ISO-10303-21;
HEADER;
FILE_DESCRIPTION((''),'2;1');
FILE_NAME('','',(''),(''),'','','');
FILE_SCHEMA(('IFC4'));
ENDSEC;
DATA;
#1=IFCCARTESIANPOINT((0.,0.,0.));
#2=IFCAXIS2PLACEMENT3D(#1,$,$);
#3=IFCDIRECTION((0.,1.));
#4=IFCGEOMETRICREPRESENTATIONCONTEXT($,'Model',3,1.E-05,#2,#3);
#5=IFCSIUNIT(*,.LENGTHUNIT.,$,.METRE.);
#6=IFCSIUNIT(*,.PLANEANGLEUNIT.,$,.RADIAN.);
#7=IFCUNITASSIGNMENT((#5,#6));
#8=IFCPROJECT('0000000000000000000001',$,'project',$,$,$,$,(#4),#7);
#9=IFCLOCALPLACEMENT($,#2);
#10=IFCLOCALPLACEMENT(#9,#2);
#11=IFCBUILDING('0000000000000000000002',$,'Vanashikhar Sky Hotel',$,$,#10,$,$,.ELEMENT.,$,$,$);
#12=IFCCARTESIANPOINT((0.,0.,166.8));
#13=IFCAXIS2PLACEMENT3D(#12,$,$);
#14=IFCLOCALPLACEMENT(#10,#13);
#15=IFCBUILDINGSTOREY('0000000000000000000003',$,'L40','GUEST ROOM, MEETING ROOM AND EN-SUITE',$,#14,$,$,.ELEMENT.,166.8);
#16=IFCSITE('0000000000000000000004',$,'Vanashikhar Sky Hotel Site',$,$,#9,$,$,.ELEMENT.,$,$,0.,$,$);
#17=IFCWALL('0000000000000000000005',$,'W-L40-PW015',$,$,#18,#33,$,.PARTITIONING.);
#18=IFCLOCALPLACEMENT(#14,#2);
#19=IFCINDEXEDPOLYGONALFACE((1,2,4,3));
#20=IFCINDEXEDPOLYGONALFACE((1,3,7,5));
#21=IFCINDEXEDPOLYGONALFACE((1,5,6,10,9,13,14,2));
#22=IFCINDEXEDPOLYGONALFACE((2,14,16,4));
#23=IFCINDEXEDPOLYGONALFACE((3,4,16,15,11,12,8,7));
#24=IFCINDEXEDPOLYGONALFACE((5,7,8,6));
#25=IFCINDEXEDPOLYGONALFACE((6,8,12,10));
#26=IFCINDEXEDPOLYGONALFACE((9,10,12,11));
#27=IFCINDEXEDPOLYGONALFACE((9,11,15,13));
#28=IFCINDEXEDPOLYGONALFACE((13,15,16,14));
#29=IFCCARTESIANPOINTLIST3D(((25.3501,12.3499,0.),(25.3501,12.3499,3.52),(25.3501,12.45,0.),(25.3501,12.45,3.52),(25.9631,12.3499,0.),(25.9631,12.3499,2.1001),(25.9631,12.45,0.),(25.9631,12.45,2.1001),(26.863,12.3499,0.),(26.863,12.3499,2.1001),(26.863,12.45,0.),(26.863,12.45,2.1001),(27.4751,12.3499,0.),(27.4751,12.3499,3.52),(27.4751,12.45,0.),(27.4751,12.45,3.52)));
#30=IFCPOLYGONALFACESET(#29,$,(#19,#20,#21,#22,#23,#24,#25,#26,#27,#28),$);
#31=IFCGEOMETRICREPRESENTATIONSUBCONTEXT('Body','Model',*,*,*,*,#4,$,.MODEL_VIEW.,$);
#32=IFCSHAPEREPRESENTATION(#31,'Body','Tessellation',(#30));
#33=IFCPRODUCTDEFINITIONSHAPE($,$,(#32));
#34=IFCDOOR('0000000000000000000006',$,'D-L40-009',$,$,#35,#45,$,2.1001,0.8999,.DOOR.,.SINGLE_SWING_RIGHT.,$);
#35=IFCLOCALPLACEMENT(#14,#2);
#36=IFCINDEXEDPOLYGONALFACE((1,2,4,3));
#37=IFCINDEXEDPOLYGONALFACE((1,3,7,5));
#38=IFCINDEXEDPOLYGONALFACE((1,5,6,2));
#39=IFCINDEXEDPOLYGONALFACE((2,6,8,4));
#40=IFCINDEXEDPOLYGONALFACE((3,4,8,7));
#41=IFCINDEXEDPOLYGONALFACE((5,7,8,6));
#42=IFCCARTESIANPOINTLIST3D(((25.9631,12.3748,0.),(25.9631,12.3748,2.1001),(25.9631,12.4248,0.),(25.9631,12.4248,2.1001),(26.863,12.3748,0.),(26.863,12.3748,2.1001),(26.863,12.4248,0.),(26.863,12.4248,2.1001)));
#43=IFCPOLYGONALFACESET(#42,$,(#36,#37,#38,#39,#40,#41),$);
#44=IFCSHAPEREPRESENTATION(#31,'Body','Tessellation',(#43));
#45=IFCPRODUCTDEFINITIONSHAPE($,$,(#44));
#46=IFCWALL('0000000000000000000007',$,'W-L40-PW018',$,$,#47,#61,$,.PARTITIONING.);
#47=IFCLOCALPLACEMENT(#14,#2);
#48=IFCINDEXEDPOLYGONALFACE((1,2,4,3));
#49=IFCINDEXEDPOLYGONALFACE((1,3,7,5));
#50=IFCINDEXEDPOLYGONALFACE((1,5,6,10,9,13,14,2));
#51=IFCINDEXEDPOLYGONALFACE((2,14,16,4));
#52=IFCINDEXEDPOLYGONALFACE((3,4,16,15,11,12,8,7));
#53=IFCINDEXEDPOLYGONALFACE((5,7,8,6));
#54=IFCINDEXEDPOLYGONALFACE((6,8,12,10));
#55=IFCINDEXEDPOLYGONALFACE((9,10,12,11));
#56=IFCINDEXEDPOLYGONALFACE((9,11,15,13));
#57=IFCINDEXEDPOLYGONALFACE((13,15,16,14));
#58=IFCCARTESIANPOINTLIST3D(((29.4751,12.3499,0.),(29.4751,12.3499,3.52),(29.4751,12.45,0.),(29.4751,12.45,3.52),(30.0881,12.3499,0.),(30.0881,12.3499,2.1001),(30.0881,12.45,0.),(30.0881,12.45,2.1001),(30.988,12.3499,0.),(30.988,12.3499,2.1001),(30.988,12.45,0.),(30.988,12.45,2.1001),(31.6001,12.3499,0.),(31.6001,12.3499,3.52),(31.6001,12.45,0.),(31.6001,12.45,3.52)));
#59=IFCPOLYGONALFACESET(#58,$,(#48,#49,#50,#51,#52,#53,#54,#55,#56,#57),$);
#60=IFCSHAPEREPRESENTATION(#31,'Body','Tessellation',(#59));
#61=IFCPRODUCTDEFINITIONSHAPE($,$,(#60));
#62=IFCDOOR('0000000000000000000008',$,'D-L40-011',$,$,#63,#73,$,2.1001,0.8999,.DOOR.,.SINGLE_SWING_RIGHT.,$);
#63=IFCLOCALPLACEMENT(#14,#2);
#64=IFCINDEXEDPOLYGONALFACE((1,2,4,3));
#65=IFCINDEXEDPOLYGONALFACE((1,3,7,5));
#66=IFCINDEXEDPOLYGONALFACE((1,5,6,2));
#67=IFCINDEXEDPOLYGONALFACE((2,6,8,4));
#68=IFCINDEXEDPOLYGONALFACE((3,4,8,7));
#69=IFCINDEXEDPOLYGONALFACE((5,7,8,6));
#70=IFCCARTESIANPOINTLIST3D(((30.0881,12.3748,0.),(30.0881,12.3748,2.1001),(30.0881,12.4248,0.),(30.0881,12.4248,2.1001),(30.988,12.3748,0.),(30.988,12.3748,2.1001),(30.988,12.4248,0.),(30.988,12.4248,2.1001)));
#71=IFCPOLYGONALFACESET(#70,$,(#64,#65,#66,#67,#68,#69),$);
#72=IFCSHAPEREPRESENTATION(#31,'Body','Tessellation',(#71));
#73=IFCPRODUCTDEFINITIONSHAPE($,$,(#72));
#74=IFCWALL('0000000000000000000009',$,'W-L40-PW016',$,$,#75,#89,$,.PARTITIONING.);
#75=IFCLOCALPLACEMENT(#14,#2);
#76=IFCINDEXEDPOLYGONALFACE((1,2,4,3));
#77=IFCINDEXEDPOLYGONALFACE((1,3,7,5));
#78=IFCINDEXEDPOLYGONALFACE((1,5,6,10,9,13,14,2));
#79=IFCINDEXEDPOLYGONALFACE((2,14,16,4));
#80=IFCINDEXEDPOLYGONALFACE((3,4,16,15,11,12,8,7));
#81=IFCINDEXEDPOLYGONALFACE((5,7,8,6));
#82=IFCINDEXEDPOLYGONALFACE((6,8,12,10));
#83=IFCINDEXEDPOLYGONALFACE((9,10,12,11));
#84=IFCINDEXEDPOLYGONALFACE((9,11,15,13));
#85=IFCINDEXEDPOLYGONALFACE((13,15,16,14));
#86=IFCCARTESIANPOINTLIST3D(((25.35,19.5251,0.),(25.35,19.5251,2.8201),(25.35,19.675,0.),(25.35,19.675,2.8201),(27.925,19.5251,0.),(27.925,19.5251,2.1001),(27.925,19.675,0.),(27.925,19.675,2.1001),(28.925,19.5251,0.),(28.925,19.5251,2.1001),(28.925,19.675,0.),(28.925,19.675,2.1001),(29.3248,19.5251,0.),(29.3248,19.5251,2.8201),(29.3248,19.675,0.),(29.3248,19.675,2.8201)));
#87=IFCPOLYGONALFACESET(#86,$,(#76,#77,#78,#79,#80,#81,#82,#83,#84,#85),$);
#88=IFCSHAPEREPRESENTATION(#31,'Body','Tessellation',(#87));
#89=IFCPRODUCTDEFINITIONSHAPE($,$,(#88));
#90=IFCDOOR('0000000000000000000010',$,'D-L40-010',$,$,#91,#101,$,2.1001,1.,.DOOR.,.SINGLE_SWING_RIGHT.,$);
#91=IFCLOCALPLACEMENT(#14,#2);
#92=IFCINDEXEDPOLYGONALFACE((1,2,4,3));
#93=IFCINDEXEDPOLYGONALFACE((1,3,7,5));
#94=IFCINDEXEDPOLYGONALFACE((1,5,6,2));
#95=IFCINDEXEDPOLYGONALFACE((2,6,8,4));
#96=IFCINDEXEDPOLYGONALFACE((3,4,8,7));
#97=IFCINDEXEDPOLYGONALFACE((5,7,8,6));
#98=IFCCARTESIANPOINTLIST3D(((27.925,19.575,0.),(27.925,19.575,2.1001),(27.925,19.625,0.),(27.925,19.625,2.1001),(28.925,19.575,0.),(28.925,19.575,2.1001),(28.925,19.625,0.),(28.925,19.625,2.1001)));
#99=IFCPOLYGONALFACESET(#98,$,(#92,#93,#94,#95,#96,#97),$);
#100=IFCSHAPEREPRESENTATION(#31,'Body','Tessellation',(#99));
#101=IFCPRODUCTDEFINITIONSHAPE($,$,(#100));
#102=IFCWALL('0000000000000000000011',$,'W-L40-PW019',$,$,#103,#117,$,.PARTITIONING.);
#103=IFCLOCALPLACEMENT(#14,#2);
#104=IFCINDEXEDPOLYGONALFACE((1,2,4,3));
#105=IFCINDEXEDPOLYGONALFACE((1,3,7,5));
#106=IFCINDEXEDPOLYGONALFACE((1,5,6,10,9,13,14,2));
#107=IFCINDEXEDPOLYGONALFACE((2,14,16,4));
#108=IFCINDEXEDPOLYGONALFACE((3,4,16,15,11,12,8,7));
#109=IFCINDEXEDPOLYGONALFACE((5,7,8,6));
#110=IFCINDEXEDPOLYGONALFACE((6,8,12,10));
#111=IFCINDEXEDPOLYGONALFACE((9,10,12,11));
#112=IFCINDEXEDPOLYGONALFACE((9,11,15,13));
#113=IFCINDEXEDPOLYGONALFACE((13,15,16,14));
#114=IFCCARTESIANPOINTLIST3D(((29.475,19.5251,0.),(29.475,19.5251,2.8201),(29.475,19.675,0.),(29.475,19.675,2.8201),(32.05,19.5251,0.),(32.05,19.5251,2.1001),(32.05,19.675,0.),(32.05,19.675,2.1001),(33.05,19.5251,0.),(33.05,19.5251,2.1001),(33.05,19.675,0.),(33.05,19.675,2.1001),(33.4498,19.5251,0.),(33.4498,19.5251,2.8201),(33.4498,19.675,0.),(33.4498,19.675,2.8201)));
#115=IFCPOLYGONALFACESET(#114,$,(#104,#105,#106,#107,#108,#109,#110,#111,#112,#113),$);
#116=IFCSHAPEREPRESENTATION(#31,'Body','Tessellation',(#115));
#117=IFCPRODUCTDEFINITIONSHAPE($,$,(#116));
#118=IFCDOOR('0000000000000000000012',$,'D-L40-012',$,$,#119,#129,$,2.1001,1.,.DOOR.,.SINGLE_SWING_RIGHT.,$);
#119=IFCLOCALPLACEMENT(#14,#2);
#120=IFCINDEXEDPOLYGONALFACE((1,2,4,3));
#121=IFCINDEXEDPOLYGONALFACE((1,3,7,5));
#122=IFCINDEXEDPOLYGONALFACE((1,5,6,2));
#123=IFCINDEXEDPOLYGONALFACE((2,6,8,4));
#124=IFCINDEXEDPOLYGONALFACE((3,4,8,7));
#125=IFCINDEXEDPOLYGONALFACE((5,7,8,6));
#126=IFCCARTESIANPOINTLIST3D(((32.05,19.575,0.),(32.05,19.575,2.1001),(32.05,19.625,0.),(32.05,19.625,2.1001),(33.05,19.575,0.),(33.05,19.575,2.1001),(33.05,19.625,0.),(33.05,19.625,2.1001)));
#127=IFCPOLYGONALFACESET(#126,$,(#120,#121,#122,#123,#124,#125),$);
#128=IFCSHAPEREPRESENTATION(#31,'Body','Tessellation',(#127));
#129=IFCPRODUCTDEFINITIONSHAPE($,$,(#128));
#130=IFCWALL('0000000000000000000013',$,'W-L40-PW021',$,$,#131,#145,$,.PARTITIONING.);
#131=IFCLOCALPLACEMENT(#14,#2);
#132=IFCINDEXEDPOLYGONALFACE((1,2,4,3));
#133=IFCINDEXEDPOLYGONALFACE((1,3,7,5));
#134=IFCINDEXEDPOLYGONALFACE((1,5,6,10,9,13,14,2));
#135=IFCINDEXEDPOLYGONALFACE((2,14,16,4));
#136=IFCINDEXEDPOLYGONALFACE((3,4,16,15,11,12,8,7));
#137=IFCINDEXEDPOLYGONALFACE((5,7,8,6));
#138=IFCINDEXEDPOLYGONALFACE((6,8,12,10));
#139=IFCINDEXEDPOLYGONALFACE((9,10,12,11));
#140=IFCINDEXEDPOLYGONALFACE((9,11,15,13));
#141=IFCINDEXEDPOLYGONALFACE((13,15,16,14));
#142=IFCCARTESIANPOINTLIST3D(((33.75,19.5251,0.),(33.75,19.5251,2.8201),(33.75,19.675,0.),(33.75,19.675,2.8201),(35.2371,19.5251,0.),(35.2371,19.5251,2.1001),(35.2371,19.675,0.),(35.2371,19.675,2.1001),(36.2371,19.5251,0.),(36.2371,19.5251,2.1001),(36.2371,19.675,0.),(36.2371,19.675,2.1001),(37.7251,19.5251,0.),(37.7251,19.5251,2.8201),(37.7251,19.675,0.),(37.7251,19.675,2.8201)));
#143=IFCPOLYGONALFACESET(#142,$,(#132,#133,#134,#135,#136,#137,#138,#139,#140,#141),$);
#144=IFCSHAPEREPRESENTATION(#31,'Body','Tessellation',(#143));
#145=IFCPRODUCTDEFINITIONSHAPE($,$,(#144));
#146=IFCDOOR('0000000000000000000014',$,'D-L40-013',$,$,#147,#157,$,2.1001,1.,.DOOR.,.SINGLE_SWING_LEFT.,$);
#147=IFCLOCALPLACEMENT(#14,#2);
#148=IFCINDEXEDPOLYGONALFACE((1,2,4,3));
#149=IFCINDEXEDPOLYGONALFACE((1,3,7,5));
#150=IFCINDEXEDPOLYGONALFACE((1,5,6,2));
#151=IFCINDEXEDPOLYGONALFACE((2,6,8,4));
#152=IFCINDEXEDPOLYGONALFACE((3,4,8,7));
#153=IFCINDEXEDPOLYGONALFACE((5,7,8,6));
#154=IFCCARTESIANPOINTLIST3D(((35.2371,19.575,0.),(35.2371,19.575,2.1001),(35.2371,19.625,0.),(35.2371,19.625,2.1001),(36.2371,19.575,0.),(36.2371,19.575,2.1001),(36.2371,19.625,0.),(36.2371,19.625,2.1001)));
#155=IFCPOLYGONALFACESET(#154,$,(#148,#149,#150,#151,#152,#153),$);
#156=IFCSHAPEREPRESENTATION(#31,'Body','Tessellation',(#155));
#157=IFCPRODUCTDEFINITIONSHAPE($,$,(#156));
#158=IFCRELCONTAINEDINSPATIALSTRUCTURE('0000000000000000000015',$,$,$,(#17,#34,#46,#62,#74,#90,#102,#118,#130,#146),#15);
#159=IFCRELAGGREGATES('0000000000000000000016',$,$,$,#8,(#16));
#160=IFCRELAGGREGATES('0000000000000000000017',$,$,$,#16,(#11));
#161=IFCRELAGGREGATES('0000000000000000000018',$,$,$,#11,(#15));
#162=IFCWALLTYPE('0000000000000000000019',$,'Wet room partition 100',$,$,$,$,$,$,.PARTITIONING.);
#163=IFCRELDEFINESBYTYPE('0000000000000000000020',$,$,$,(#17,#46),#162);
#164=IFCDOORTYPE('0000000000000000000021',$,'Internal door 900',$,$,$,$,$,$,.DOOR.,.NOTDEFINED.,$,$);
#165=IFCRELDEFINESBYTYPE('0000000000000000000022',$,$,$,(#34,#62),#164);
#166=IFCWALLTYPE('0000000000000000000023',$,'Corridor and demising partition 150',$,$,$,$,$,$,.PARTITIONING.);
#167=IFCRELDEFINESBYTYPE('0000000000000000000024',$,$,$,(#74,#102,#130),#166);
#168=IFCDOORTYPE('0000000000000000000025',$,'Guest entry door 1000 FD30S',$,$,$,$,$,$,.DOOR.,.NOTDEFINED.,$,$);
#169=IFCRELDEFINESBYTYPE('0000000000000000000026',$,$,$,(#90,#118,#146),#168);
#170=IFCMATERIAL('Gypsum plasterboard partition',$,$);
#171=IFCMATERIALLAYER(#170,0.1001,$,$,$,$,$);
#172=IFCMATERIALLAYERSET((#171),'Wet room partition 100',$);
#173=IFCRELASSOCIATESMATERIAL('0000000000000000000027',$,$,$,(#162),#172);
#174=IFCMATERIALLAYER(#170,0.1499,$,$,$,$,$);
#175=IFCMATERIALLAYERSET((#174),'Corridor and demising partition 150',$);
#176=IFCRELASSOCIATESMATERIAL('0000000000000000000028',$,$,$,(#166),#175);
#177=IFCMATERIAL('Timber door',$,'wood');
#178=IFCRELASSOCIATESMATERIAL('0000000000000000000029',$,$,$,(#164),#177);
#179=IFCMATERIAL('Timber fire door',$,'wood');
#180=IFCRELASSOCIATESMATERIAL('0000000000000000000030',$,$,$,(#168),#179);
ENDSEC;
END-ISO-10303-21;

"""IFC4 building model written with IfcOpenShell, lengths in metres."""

from ifc_helpers import new_model, si_unit, direction, frame, frame_2d, origin, place, context, subcontext, project, spatial, rectangle, extrude, source, transform, mapped, material, layer, layer_set, type_object, element, fill, save


model = new_model("IFC4")

# Units and contexts
model_context = context("Model", 3, precision=1e-05, world=origin(), true_north=direction((0.0, 1.0)))
body_context = subcontext(model_context, "Body", "Model", "MODEL_VIEW")
ifc_project = project(units=[si_unit("LENGTHUNIT", "METRE"), si_unit("PLANEANGLEUNIT", "RADIAN")], contexts=[model_context])

# Site, building, storey
site_placement = place(None, origin())
site = spatial("IfcSite", under=ifc_project, at=site_placement, Name="Vanashikhar Sky Hotel Site", CompositionType="ELEMENT", RefElevation=0.0)
building_placement = place(site_placement, origin())
building = spatial("IfcBuilding", under=site, at=building_placement, Name="Vanashikhar Sky Hotel", CompositionType="ELEMENT")
storey_placement = place(building_placement, frame((0.0, 0.0, 166.8)))
storey = spatial("IfcBuildingStorey", under=building, at=storey_placement, Name="L40", Description="GUEST ROOM, MEETING ROOM AND EN-SUITE", CompositionType="ELEMENT", Elevation=166.8)

# Shared definitions
ifc_material_1 = material(Name="Gypsum plasterboard partition")
ifc_layer_1 = layer(ifc_material_1, 0.1001)
ifc_layer_set_1 = layer_set([ifc_layer_1], Name="Wet room partition 100")
wall_type_1 = type_object("IfcWallType", Name="Wet room partition 100", PredefinedType="PARTITIONING", material=ifc_layer_set_1)
ifc_layer_2 = layer(ifc_material_1, 0.1499)
ifc_layer_set_2 = layer_set([ifc_layer_2], Name="Corridor and demising partition 150")
wall_type_2 = type_object("IfcWallType", Name="Corridor and demising partition 150", PredefinedType="PARTITIONING", material=ifc_layer_set_2)

# Walls, openings, doors
shared_shape_1 = source(origin(), body_context, "Body", "SweptSolid", [
    extrude(rectangle(XDim=2.125, YDim=0.1001, at=frame_2d((1.0625, 0.0))), origin(), (0.0, 0.0, 1.0), 3.52),
])
wall_1_placement = place(storey_placement, frame((25.3501, 12.3999, 0.0), z_axis=(0.0, 0.0, 1.0), x_axis=(1.0, 0.0, 0.0)))
wall_1 = element("IfcWall", 1, at=wall_1_placement, inside=storey, type_object=wall_type_1, Name="W-L40-PW015", PredefinedType="PARTITIONING", context=body_context, shape_type="MappedRepresentation", body=[
    mapped(shared_shape_1, transform((0.0, 0.0, 0.0), scale=1.0)),
])
shared_shape_2 = source(origin(), body_context, "Body", "SweptSolid", [
    extrude(rectangle(XDim=0.8999, YDim=2.1001, at=frame_2d((0.45, 1.05))), frame((0.0, 0.0601, 0.0), z_axis=(0.0, -1.0, 0.0), x_axis=(1.0, 0.0, 0.0)), (0.0, 0.0, 1.0), 0.1201),
])
opening_1_placement = place(wall_1_placement, frame((0.613, 0.0, 0.0)))
opening_1 = element("IfcOpeningElement", 2, at=opening_1_placement, cuts=wall_1, PredefinedType="OPENING", context=body_context, shape_type="MappedRepresentation", body=[
    mapped(shared_shape_2, transform((0.0, 0.0, 0.0), scale=1.0)),
])
ifc_material_2 = material(Name="Timber door", Category="wood")
door_type_1 = type_object("IfcDoorType", Name="Internal door 900", OperationType="NOTDEFINED", PredefinedType="DOOR", material=ifc_material_2)
shared_shape_3 = source(origin(), body_context, "Body", "SweptSolid", [
    extrude(rectangle(XDim=0.8999, YDim=2.1001, at=frame_2d((0.45, 1.05))), frame((0.0, 0.0249, 0.0), z_axis=(0.0, -1.0, 0.0), x_axis=(1.0, 0.0, 0.0)), (0.0, 0.0, 1.0), 0.05),
])
door_1_placement = place(opening_1_placement, origin())
door_1 = element("IfcDoor", 3, at=door_1_placement, inside=storey, type_object=door_type_1, Name="D-L40-009", OperationType="SINGLE_SWING_RIGHT", OverallHeight=2.1001, OverallWidth=0.8999, PredefinedType="DOOR", context=body_context, shape_type="MappedRepresentation", body=[
    mapped(shared_shape_3, transform((0.0, 0.0, 0.0), scale=1.0)),
])
fill(opening_1, door_1)
wall_2_placement = place(storey_placement, frame((29.4751, 12.3999, 0.0), z_axis=(0.0, 0.0, 1.0), x_axis=(1.0, 0.0, 0.0)))
wall_2 = element("IfcWall", 4, at=wall_2_placement, inside=storey, type_object=wall_type_1, Name="W-L40-PW018", PredefinedType="PARTITIONING", context=body_context, shape_type="MappedRepresentation", body=[
    mapped(shared_shape_1, transform((0.0, 0.0, 0.0), scale=1.0)),
])
opening_2_placement = place(wall_2_placement, frame((0.613, 0.0, 0.0)))
opening_2 = element("IfcOpeningElement", 5, at=opening_2_placement, cuts=wall_2, PredefinedType="OPENING", context=body_context, shape_type="MappedRepresentation", body=[
    mapped(shared_shape_2, transform((0.0, 0.0, 0.0), scale=1.0)),
])
door_2_placement = place(opening_2_placement, origin())
door_2 = element("IfcDoor", 6, at=door_2_placement, inside=storey, type_object=door_type_1, Name="D-L40-011", OperationType="SINGLE_SWING_RIGHT", OverallHeight=2.1001, OverallWidth=0.8999, PredefinedType="DOOR", context=body_context, shape_type="MappedRepresentation", body=[
    mapped(shared_shape_3, transform((0.0, 0.0, 0.0), scale=1.0)),
])
fill(opening_2, door_2)
shared_shape_4 = source(origin(), body_context, "Body", "SweptSolid", [
    extrude(rectangle(XDim=3.9749, YDim=0.1499, at=frame_2d((1.9873, 0.0))), origin(), (0.0, 0.0, 1.0), 2.8201),
])
wall_3_placement = place(storey_placement, frame((25.3501, 19.6001, 0.0), z_axis=(0.0, 0.0, 1.0), x_axis=(1.0, 0.0, 0.0)))
wall_3 = element("IfcWall", 7, at=wall_3_placement, inside=storey, type_object=wall_type_2, Name="W-L40-PW016", PredefinedType="PARTITIONING", context=body_context, shape_type="MappedRepresentation", body=[
    mapped(shared_shape_4, transform((0.0, 0.0, 0.0), scale=1.0)),
])
shared_shape_5 = source(origin(), body_context, "Body", "SweptSolid", [
    extrude(rectangle(XDim=1.0, YDim=2.1001, at=frame_2d((0.5, 1.05))), frame((0.0, 0.085, 0.0), z_axis=(0.0, -1.0, 0.0), x_axis=(1.0, 0.0, 0.0)), (0.0, 0.0, 1.0), 0.1699),
])
opening_3_placement = place(wall_3_placement, frame((2.575, 0.0, 0.0)))
opening_3 = element("IfcOpeningElement", 8, at=opening_3_placement, cuts=wall_3, PredefinedType="OPENING", context=body_context, shape_type="MappedRepresentation", body=[
    mapped(shared_shape_5, transform((0.0, 0.0, 0.0), scale=1.0)),
])
ifc_material_3 = material(Name="Timber fire door", Category="wood")
door_type_2 = type_object("IfcDoorType", Name="Guest entry door 1000 FD30S", OperationType="NOTDEFINED", PredefinedType="DOOR", material=ifc_material_3)
shared_shape_6 = source(origin(), body_context, "Body", "SweptSolid", [
    extrude(rectangle(XDim=1.0, YDim=2.1001, at=frame_2d((0.5, 1.05))), frame((0.0, 0.0249, 0.0), z_axis=(0.0, -1.0, 0.0), x_axis=(1.0, 0.0, 0.0)), (0.0, 0.0, 1.0), 0.05),
])
door_3_placement = place(opening_3_placement, origin())
door_3 = element("IfcDoor", 9, at=door_3_placement, inside=storey, type_object=door_type_2, Name="D-L40-010", OperationType="SINGLE_SWING_RIGHT", OverallHeight=2.1001, OverallWidth=1.0, PredefinedType="DOOR", context=body_context, shape_type="MappedRepresentation", body=[
    mapped(shared_shape_6, transform((0.0, 0.0, 0.0), scale=1.0)),
])
fill(opening_3, door_3)
wall_4_placement = place(storey_placement, frame((29.4751, 19.6001, 0.0), z_axis=(0.0, 0.0, 1.0), x_axis=(1.0, 0.0, 0.0)))
wall_4 = element("IfcWall", 10, at=wall_4_placement, inside=storey, type_object=wall_type_2, Name="W-L40-PW019", PredefinedType="PARTITIONING", context=body_context, shape_type="MappedRepresentation", body=[
    mapped(shared_shape_4, transform((0.0, 0.0, 0.0), scale=1.0)),
])
opening_4_placement = place(wall_4_placement, frame((2.575, 0.0, 0.0)))
opening_4 = element("IfcOpeningElement", 11, at=opening_4_placement, cuts=wall_4, PredefinedType="OPENING", context=body_context, shape_type="MappedRepresentation", body=[
    mapped(shared_shape_5, transform((0.0, 0.0, 0.0), scale=1.0)),
])
door_4_placement = place(opening_4_placement, origin())
door_4 = element("IfcDoor", 12, at=door_4_placement, inside=storey, type_object=door_type_2, Name="D-L40-012", OperationType="SINGLE_SWING_RIGHT", OverallHeight=2.1001, OverallWidth=1.0, PredefinedType="DOOR", context=body_context, shape_type="MappedRepresentation", body=[
    mapped(shared_shape_6, transform((0.0, 0.0, 0.0), scale=1.0)),
])
fill(opening_4, door_4)
shared_shape_7 = source(origin(), body_context, "Body", "SweptSolid", [
    extrude(rectangle(XDim=3.9751, YDim=0.1499, at=frame_2d((1.9875, 0.0))), origin(), (0.0, 0.0, 1.0), 2.8201),
])
wall_5_placement = place(storey_placement, frame((33.75, 19.6001, 0.0), z_axis=(0.0, 0.0, 1.0), x_axis=(1.0, 0.0, 0.0)))
wall_5 = element("IfcWall", 13, at=wall_5_placement, inside=storey, type_object=wall_type_2, Name="W-L40-PW021", PredefinedType="PARTITIONING", context=body_context, shape_type="MappedRepresentation", body=[
    mapped(shared_shape_7, transform((0.0, 0.0, 0.0), scale=1.0)),
])
opening_5_placement = place(wall_5_placement, frame((1.4871, 0.0, 0.0)))
opening_5 = element("IfcOpeningElement", 14, at=opening_5_placement, cuts=wall_5, PredefinedType="OPENING", context=body_context, shape_type="MappedRepresentation", body=[
    mapped(shared_shape_5, transform((0.0, 0.0, 0.0), scale=1.0)),
])
door_5_placement = place(opening_5_placement, origin())
door_5 = element("IfcDoor", 15, at=door_5_placement, inside=storey, type_object=door_type_2, Name="D-L40-013", OperationType="SINGLE_SWING_LEFT", OverallHeight=2.1001, OverallWidth=1.0, PredefinedType="DOOR", context=body_context, shape_type="MappedRepresentation", body=[
    mapped(shared_shape_6, transform((0.0, 0.0, 0.0), scale=1.0)),
])
fill(opening_5, door_5)

save(model, "model.ifc")
